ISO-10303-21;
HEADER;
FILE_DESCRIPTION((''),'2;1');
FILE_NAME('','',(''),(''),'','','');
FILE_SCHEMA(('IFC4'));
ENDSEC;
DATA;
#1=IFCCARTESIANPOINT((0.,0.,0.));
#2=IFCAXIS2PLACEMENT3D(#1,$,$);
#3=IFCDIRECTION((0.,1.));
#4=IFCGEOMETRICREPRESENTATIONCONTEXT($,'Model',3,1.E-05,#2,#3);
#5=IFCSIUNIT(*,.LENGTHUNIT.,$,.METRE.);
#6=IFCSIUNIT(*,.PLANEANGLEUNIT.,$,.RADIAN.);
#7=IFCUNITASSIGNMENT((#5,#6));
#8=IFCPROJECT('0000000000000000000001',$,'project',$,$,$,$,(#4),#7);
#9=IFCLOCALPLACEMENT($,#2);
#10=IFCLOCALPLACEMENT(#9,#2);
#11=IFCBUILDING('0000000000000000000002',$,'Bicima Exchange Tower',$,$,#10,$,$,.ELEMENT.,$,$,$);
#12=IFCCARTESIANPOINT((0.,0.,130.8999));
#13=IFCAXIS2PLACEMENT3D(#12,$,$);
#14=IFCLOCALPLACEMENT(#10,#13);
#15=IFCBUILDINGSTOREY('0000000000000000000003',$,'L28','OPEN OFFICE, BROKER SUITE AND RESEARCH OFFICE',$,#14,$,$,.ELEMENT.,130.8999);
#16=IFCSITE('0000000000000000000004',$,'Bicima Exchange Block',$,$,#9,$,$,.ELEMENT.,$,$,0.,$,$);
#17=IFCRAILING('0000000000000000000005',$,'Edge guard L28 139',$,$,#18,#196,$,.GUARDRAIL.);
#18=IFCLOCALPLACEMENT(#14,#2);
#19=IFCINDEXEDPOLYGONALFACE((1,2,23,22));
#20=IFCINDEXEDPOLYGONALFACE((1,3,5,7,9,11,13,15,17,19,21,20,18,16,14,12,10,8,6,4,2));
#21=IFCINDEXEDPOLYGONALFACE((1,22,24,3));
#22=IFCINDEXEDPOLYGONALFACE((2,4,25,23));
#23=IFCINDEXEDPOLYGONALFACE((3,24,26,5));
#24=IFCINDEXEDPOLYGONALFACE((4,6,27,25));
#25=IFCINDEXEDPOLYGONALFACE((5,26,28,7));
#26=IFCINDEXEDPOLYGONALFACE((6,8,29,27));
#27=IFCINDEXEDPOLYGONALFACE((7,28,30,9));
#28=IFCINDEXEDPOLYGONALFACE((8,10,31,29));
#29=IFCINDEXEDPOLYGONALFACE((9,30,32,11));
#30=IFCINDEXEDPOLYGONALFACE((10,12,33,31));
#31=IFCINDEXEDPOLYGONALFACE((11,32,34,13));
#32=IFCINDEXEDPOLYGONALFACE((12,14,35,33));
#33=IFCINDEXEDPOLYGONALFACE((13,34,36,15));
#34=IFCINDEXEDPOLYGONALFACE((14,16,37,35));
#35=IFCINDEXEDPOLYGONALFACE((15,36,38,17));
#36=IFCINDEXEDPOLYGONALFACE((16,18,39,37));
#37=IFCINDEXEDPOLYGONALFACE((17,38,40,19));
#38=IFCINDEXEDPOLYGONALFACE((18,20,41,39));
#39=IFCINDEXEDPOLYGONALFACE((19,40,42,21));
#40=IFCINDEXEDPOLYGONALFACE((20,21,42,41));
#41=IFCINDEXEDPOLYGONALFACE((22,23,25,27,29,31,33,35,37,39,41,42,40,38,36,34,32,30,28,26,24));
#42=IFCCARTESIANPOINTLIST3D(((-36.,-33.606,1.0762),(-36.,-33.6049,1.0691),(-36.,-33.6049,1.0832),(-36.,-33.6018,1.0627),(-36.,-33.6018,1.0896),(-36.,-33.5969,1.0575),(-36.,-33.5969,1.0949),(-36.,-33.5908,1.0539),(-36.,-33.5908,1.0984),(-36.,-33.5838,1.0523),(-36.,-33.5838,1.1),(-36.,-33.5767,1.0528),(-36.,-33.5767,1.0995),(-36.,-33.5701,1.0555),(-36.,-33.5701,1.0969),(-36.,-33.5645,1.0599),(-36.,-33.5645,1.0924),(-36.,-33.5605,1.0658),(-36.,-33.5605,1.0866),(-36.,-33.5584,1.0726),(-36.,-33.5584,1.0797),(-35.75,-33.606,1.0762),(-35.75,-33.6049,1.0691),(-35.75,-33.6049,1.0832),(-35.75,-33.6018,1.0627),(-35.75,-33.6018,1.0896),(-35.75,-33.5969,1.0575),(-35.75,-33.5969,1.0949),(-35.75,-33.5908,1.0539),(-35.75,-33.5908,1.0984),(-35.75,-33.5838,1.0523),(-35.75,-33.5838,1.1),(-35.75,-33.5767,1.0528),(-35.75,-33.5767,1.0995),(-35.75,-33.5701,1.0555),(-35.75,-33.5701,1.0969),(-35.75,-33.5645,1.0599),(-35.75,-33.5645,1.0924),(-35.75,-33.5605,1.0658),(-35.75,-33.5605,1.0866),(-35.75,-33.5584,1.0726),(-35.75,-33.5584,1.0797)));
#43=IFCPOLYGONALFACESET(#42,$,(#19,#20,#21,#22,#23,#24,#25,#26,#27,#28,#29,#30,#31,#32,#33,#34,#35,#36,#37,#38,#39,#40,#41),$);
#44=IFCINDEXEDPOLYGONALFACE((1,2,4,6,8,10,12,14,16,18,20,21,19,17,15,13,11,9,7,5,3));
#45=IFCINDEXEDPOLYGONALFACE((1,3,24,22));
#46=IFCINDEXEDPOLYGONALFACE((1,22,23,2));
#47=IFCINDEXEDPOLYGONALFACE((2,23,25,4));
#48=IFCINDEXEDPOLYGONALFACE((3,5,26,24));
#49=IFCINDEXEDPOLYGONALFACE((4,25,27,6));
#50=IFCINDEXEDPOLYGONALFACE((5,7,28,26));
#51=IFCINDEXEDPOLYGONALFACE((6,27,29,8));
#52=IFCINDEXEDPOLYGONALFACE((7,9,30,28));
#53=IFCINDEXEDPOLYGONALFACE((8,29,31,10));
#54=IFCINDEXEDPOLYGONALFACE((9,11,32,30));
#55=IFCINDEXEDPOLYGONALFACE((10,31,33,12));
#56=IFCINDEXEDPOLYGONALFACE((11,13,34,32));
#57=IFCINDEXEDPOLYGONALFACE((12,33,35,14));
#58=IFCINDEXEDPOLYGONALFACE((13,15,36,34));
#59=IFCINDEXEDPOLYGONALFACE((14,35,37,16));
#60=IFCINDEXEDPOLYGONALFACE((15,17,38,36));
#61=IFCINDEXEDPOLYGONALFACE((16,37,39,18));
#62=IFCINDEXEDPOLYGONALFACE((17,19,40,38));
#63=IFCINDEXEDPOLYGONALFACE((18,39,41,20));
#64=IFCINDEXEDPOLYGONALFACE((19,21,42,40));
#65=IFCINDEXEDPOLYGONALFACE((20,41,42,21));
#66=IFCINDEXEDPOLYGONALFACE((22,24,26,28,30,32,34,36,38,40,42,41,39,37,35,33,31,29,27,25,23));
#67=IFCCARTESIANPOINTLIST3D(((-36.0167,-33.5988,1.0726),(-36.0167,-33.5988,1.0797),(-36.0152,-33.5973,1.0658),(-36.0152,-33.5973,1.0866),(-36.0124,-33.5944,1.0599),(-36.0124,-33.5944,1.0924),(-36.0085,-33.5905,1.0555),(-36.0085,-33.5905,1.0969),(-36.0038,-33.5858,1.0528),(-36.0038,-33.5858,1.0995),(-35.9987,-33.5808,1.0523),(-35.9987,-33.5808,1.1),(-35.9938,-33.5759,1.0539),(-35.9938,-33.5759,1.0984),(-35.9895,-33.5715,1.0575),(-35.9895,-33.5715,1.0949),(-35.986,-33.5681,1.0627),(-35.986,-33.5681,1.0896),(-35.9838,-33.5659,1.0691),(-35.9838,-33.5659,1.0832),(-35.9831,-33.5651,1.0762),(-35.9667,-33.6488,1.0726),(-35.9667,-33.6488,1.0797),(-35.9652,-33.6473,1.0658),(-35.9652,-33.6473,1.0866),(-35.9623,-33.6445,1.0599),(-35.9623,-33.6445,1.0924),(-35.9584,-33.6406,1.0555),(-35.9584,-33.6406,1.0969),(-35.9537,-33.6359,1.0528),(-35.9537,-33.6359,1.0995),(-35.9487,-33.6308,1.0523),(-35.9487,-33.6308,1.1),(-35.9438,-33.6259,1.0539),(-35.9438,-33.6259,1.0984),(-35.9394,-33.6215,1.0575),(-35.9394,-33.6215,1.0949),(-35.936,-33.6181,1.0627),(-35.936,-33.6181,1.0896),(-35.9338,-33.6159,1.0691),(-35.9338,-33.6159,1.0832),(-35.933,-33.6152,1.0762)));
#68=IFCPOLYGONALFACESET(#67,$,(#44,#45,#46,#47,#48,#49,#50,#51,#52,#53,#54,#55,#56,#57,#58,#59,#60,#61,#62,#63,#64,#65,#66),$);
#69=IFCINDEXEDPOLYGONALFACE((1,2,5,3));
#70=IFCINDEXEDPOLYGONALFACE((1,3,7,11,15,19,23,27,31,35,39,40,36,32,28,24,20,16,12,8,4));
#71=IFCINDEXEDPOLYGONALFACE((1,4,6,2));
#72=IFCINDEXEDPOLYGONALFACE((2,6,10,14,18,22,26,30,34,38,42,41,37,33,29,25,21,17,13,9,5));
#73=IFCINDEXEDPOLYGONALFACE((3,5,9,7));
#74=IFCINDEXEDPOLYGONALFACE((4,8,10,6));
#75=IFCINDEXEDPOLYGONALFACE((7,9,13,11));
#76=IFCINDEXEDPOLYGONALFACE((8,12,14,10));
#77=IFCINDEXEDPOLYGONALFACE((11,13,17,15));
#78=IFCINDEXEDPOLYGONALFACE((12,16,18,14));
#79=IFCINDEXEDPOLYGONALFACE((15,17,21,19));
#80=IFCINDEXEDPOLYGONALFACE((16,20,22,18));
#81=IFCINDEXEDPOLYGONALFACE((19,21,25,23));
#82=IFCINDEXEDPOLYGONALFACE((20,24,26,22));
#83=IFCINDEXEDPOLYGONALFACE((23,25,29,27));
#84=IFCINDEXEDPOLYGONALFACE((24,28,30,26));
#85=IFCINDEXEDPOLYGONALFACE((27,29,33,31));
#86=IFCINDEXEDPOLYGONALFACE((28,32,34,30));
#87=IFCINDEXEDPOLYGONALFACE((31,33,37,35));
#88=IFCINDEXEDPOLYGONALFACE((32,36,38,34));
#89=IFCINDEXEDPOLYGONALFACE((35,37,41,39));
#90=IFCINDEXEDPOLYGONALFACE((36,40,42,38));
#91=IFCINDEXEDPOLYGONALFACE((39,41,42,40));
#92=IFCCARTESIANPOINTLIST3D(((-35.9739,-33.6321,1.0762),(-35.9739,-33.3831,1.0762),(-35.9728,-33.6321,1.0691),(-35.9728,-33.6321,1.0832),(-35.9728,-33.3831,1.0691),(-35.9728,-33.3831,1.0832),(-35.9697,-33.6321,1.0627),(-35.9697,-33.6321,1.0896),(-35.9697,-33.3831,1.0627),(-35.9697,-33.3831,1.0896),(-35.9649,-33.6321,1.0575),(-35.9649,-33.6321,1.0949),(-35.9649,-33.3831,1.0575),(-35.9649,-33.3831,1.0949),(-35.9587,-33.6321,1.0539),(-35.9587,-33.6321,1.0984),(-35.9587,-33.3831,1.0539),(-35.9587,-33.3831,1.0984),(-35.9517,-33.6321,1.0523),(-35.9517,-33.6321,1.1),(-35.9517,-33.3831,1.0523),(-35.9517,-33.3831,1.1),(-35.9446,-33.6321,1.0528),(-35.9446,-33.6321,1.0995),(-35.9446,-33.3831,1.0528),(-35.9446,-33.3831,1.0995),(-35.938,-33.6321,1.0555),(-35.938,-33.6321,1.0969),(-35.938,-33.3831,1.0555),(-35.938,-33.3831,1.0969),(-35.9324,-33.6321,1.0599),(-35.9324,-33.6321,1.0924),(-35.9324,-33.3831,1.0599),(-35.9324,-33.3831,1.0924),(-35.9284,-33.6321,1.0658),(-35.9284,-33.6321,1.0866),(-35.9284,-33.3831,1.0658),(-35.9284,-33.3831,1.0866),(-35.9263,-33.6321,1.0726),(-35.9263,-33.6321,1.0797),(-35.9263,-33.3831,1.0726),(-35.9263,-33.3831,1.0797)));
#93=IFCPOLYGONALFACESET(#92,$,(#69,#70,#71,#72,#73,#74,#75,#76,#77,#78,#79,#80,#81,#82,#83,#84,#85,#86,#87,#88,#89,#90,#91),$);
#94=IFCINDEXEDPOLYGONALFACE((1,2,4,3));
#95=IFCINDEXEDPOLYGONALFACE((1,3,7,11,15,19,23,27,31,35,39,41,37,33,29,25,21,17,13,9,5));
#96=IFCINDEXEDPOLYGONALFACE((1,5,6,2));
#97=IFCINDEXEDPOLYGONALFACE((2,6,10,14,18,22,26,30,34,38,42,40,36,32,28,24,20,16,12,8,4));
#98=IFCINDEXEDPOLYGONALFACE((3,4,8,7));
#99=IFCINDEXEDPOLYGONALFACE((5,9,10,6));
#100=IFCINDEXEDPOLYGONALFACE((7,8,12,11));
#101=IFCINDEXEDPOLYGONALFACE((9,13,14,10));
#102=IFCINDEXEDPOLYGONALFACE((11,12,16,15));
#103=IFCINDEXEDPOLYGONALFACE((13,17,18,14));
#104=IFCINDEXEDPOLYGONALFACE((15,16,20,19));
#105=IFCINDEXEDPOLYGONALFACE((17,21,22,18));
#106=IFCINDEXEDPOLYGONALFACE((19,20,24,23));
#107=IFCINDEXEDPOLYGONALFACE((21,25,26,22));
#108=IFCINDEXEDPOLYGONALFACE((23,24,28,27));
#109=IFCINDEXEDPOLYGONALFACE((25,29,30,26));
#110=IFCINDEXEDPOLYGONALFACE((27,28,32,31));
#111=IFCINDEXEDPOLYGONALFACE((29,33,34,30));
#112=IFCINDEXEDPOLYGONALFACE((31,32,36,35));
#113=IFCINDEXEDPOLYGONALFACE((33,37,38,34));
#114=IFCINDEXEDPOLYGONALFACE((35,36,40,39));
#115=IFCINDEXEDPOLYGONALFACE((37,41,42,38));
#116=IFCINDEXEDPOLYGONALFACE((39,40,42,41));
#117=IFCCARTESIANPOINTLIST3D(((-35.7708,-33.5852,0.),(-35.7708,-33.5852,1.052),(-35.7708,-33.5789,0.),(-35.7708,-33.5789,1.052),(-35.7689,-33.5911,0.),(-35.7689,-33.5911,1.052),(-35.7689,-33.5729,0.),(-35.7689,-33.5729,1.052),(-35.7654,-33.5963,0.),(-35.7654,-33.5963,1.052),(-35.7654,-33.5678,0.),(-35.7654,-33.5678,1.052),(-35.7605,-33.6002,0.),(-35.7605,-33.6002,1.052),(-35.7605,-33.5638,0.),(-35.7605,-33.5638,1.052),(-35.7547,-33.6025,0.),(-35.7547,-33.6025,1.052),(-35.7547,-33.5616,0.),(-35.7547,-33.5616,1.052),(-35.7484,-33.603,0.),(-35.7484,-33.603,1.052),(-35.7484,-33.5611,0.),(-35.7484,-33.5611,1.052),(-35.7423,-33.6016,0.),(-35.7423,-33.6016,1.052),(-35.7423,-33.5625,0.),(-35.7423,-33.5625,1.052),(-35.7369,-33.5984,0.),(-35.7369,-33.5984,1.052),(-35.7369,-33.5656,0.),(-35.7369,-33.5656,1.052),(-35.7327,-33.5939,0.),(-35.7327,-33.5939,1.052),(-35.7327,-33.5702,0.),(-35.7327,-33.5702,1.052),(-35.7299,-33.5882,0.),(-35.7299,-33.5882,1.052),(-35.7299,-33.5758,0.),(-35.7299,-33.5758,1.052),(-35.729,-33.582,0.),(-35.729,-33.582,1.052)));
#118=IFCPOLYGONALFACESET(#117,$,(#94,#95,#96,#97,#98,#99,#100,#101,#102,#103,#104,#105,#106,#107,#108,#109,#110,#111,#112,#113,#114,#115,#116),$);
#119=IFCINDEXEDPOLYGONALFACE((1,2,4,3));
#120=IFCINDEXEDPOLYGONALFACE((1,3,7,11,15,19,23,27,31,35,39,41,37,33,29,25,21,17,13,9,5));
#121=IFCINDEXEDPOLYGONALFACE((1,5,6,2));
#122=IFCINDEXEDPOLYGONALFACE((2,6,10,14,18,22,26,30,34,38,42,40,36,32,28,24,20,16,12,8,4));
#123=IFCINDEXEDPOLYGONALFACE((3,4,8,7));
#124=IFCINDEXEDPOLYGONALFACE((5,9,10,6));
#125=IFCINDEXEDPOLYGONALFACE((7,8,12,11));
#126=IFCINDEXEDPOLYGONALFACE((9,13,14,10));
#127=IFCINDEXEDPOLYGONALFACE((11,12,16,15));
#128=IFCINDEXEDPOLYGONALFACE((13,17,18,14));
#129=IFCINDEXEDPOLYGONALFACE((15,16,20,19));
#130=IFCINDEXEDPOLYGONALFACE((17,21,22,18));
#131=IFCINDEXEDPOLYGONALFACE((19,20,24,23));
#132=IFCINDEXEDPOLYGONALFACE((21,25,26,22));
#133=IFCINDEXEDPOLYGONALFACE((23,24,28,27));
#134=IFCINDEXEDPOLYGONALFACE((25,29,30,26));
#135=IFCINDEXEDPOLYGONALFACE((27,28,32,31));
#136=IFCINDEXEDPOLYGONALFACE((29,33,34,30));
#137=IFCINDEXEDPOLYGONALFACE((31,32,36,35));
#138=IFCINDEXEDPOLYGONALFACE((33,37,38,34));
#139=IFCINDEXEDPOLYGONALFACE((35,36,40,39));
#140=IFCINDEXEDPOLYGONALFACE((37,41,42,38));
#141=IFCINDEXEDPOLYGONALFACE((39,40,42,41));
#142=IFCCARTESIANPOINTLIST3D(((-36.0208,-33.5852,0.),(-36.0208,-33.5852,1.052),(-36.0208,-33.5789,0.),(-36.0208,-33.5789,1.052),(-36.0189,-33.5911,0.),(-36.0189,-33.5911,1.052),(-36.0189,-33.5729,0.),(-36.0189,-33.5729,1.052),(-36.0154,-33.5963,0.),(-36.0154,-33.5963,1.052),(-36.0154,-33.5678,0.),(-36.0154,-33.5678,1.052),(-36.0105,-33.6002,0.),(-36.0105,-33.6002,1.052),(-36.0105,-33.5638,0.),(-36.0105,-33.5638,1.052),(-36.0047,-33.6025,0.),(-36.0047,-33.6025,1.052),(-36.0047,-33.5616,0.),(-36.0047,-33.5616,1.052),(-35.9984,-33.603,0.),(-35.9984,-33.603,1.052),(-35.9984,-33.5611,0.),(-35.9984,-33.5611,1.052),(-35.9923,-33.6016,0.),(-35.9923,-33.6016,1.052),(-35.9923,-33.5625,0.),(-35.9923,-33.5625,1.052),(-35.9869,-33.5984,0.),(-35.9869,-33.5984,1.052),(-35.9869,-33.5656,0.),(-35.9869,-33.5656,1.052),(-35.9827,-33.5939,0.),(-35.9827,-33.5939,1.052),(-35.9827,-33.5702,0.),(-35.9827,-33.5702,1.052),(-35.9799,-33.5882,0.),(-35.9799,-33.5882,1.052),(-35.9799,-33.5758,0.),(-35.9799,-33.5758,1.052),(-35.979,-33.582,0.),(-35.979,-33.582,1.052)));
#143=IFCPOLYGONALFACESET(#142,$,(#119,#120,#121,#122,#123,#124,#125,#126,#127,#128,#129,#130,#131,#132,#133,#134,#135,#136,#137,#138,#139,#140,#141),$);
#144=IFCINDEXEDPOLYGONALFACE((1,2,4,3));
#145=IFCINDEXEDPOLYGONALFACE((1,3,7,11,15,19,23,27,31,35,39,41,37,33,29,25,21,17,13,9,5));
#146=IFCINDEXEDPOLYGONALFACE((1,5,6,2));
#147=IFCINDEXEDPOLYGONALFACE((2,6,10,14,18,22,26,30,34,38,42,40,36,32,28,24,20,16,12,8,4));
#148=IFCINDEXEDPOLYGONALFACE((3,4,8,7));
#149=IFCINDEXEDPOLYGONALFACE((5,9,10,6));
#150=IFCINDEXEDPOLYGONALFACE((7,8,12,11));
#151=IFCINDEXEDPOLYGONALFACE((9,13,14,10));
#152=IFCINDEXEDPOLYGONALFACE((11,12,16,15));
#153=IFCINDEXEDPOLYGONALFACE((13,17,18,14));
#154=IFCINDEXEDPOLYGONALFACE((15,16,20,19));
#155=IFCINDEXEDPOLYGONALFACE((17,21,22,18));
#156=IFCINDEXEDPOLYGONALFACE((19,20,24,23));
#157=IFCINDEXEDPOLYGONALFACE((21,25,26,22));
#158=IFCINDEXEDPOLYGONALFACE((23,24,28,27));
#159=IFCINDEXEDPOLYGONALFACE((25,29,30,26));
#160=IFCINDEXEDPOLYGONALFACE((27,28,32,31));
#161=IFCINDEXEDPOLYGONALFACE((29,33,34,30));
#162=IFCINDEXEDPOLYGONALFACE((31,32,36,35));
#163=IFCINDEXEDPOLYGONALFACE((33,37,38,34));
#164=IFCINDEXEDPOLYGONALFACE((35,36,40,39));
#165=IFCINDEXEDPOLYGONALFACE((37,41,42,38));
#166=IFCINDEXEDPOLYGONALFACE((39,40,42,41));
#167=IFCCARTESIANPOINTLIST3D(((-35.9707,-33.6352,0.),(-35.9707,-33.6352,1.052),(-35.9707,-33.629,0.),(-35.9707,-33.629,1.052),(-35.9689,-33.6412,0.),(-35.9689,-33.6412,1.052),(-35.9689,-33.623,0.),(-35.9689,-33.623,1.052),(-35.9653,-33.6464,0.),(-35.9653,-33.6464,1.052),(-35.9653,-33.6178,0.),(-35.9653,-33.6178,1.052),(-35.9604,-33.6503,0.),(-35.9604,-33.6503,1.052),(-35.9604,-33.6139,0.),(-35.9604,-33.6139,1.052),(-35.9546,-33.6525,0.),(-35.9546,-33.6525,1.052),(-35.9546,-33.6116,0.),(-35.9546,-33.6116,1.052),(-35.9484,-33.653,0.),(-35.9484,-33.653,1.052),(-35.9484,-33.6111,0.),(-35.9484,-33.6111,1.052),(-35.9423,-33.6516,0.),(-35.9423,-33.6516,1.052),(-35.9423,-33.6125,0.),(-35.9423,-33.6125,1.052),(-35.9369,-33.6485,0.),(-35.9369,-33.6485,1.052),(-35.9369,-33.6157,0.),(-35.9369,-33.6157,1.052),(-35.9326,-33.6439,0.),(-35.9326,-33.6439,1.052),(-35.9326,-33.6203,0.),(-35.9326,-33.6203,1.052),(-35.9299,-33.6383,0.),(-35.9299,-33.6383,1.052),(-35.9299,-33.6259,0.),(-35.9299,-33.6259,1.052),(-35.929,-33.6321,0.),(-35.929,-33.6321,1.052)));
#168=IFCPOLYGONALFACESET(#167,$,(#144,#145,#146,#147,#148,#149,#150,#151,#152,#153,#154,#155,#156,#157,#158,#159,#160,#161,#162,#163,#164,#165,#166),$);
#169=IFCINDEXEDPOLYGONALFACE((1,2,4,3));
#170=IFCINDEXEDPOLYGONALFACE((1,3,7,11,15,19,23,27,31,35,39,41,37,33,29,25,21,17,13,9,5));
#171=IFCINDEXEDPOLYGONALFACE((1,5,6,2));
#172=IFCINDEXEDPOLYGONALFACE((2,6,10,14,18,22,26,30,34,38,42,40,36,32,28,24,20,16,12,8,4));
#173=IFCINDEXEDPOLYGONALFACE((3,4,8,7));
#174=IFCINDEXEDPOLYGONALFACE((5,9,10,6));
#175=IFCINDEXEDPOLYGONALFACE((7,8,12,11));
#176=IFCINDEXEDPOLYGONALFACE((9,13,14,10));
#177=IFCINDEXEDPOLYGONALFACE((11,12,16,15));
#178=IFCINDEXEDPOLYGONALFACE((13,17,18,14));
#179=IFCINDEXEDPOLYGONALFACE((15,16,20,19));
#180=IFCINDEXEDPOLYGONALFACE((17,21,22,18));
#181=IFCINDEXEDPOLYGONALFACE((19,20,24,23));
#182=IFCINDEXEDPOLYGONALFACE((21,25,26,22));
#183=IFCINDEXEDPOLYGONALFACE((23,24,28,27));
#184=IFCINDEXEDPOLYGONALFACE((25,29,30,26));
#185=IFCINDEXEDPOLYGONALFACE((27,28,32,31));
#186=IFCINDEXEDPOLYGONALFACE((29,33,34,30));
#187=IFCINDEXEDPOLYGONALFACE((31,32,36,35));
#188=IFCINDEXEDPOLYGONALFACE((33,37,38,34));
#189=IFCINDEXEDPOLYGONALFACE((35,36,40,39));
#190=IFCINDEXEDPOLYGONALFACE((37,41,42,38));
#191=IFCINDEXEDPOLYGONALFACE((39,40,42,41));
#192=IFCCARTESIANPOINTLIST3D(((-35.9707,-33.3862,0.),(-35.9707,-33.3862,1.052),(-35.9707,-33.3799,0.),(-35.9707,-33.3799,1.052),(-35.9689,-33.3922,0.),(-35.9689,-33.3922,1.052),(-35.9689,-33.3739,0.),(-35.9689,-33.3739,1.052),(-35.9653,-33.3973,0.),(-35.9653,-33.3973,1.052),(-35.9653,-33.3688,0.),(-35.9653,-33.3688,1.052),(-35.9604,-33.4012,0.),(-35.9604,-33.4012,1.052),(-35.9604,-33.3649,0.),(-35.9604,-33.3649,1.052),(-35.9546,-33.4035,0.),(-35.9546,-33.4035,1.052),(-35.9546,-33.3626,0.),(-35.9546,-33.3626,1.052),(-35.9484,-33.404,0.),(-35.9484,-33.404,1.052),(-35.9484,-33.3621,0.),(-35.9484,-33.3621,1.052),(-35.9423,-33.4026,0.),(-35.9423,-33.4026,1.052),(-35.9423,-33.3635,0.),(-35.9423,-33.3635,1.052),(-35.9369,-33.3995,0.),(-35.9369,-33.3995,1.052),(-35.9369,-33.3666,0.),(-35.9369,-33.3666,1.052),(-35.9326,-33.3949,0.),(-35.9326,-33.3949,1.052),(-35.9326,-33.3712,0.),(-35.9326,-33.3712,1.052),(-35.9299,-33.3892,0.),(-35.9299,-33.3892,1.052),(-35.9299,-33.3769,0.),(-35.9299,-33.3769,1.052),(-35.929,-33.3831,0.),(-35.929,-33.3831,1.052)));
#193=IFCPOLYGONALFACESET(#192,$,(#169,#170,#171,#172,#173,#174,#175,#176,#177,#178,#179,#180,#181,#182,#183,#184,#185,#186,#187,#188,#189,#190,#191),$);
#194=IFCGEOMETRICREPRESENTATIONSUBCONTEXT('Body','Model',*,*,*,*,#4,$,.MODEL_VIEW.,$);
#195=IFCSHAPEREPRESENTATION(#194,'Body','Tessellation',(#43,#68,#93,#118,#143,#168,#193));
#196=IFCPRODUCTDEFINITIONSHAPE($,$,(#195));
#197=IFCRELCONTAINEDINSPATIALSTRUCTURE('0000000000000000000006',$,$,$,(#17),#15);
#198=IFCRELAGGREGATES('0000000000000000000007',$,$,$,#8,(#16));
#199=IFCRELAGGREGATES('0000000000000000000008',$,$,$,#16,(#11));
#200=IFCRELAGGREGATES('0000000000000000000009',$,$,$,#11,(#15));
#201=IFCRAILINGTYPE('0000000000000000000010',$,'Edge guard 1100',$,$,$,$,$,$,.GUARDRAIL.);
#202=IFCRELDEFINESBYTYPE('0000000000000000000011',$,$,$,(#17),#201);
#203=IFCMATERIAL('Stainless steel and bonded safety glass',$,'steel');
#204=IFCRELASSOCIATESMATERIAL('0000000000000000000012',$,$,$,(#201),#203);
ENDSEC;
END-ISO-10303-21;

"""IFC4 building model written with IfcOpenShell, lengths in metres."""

from ifc_helpers import new_model, si_unit, direction, frame, origin, origin_2d, place, context, subcontext, project, spatial, circle, extrude, material, type_object, element, save


model = new_model("IFC4")

# Units and contexts
model_context = context("Model", 3, precision=1e-05, world=origin(), true_north=direction((0.0, 1.0)))
body_context = subcontext(model_context, "Body", "Model", "MODEL_VIEW")
ifc_project = project(units=[si_unit("LENGTHUNIT", "METRE"), si_unit("PLANEANGLEUNIT", "RADIAN")], contexts=[model_context])

# Site, building, storey
site_placement = place(None, origin())
site = spatial("IfcSite", under=ifc_project, at=site_placement, Name="Bicima Exchange Block", CompositionType="ELEMENT", RefElevation=0.0)
building_placement = place(site_placement, origin())
building = spatial("IfcBuilding", under=site, at=building_placement, Name="Bicima Exchange Tower", CompositionType="ELEMENT")
storey_placement = place(building_placement, frame((0.0, 0.0, 130.8999)))
storey = spatial("IfcBuildingStorey", under=building, at=storey_placement, Name="L28", Description="OPEN OFFICE, BROKER SUITE AND RESEARCH OFFICE", CompositionType="ELEMENT", Elevation=130.8999)

# Railing
ifc_material_1 = material(Name="Stainless steel and bonded safety glass", Category="steel")
railing_type = type_object("IfcRailingType", Name="Edge guard 1100", PredefinedType="GUARDRAIL", material=ifc_material_1)
railing_1_placement = place(storey_placement, frame((-35.75, -33.582, 0.0)))
element("IfcRailing", 1, at=railing_1_placement, inside=storey, type_object=railing_type, Name="Edge guard L28 139", PredefinedType="GUARDRAIL", context=body_context, shape_type="SweptSolid", body=[
    extrude(circle(Radius=0.0239, at=origin_2d()), frame((0.0, 0.0, 1.0762), z_axis=(-1.0, 0.0, 0.0), x_axis=(0.0, -1.0, 0.0)), (0.0, 0.0, 1.0), 0.25),
    extrude(circle(Radius=0.0239, at=origin_2d()), frame((-0.25, 0.0, 1.0762), z_axis=(0.707107, -0.707107, 0.0), x_axis=(0.707107, 0.707107, 0.0)), (0.0, 0.0, 1.0), 0.0708),
    extrude(circle(Radius=0.0239, at=origin_2d()), frame((-0.2, -0.05, 1.0762), z_axis=(0.0, 1.0, 0.0), x_axis=(-1.0, 0.0, 0.0)), (0.0, 0.0, 1.0), 0.249),
    extrude(circle(Radius=0.021, at=origin_2d()), origin(), (0.0, 0.0, 1.0), 1.052),
    extrude(circle(Radius=0.021, at=origin_2d()), frame((-0.25, 0.0, 0.0)), (0.0, 0.0, 1.0), 1.052),
    extrude(circle(Radius=0.021, at=origin_2d()), frame((-0.2, -0.05, 0.0)), (0.0, 0.0, 1.0), 1.052),
    extrude(circle(Radius=0.021, at=origin_2d()), frame((-0.2, 0.199, 0.0)), (0.0, 0.0, 1.0), 1.052),
])

save(model, "model.ifc")
